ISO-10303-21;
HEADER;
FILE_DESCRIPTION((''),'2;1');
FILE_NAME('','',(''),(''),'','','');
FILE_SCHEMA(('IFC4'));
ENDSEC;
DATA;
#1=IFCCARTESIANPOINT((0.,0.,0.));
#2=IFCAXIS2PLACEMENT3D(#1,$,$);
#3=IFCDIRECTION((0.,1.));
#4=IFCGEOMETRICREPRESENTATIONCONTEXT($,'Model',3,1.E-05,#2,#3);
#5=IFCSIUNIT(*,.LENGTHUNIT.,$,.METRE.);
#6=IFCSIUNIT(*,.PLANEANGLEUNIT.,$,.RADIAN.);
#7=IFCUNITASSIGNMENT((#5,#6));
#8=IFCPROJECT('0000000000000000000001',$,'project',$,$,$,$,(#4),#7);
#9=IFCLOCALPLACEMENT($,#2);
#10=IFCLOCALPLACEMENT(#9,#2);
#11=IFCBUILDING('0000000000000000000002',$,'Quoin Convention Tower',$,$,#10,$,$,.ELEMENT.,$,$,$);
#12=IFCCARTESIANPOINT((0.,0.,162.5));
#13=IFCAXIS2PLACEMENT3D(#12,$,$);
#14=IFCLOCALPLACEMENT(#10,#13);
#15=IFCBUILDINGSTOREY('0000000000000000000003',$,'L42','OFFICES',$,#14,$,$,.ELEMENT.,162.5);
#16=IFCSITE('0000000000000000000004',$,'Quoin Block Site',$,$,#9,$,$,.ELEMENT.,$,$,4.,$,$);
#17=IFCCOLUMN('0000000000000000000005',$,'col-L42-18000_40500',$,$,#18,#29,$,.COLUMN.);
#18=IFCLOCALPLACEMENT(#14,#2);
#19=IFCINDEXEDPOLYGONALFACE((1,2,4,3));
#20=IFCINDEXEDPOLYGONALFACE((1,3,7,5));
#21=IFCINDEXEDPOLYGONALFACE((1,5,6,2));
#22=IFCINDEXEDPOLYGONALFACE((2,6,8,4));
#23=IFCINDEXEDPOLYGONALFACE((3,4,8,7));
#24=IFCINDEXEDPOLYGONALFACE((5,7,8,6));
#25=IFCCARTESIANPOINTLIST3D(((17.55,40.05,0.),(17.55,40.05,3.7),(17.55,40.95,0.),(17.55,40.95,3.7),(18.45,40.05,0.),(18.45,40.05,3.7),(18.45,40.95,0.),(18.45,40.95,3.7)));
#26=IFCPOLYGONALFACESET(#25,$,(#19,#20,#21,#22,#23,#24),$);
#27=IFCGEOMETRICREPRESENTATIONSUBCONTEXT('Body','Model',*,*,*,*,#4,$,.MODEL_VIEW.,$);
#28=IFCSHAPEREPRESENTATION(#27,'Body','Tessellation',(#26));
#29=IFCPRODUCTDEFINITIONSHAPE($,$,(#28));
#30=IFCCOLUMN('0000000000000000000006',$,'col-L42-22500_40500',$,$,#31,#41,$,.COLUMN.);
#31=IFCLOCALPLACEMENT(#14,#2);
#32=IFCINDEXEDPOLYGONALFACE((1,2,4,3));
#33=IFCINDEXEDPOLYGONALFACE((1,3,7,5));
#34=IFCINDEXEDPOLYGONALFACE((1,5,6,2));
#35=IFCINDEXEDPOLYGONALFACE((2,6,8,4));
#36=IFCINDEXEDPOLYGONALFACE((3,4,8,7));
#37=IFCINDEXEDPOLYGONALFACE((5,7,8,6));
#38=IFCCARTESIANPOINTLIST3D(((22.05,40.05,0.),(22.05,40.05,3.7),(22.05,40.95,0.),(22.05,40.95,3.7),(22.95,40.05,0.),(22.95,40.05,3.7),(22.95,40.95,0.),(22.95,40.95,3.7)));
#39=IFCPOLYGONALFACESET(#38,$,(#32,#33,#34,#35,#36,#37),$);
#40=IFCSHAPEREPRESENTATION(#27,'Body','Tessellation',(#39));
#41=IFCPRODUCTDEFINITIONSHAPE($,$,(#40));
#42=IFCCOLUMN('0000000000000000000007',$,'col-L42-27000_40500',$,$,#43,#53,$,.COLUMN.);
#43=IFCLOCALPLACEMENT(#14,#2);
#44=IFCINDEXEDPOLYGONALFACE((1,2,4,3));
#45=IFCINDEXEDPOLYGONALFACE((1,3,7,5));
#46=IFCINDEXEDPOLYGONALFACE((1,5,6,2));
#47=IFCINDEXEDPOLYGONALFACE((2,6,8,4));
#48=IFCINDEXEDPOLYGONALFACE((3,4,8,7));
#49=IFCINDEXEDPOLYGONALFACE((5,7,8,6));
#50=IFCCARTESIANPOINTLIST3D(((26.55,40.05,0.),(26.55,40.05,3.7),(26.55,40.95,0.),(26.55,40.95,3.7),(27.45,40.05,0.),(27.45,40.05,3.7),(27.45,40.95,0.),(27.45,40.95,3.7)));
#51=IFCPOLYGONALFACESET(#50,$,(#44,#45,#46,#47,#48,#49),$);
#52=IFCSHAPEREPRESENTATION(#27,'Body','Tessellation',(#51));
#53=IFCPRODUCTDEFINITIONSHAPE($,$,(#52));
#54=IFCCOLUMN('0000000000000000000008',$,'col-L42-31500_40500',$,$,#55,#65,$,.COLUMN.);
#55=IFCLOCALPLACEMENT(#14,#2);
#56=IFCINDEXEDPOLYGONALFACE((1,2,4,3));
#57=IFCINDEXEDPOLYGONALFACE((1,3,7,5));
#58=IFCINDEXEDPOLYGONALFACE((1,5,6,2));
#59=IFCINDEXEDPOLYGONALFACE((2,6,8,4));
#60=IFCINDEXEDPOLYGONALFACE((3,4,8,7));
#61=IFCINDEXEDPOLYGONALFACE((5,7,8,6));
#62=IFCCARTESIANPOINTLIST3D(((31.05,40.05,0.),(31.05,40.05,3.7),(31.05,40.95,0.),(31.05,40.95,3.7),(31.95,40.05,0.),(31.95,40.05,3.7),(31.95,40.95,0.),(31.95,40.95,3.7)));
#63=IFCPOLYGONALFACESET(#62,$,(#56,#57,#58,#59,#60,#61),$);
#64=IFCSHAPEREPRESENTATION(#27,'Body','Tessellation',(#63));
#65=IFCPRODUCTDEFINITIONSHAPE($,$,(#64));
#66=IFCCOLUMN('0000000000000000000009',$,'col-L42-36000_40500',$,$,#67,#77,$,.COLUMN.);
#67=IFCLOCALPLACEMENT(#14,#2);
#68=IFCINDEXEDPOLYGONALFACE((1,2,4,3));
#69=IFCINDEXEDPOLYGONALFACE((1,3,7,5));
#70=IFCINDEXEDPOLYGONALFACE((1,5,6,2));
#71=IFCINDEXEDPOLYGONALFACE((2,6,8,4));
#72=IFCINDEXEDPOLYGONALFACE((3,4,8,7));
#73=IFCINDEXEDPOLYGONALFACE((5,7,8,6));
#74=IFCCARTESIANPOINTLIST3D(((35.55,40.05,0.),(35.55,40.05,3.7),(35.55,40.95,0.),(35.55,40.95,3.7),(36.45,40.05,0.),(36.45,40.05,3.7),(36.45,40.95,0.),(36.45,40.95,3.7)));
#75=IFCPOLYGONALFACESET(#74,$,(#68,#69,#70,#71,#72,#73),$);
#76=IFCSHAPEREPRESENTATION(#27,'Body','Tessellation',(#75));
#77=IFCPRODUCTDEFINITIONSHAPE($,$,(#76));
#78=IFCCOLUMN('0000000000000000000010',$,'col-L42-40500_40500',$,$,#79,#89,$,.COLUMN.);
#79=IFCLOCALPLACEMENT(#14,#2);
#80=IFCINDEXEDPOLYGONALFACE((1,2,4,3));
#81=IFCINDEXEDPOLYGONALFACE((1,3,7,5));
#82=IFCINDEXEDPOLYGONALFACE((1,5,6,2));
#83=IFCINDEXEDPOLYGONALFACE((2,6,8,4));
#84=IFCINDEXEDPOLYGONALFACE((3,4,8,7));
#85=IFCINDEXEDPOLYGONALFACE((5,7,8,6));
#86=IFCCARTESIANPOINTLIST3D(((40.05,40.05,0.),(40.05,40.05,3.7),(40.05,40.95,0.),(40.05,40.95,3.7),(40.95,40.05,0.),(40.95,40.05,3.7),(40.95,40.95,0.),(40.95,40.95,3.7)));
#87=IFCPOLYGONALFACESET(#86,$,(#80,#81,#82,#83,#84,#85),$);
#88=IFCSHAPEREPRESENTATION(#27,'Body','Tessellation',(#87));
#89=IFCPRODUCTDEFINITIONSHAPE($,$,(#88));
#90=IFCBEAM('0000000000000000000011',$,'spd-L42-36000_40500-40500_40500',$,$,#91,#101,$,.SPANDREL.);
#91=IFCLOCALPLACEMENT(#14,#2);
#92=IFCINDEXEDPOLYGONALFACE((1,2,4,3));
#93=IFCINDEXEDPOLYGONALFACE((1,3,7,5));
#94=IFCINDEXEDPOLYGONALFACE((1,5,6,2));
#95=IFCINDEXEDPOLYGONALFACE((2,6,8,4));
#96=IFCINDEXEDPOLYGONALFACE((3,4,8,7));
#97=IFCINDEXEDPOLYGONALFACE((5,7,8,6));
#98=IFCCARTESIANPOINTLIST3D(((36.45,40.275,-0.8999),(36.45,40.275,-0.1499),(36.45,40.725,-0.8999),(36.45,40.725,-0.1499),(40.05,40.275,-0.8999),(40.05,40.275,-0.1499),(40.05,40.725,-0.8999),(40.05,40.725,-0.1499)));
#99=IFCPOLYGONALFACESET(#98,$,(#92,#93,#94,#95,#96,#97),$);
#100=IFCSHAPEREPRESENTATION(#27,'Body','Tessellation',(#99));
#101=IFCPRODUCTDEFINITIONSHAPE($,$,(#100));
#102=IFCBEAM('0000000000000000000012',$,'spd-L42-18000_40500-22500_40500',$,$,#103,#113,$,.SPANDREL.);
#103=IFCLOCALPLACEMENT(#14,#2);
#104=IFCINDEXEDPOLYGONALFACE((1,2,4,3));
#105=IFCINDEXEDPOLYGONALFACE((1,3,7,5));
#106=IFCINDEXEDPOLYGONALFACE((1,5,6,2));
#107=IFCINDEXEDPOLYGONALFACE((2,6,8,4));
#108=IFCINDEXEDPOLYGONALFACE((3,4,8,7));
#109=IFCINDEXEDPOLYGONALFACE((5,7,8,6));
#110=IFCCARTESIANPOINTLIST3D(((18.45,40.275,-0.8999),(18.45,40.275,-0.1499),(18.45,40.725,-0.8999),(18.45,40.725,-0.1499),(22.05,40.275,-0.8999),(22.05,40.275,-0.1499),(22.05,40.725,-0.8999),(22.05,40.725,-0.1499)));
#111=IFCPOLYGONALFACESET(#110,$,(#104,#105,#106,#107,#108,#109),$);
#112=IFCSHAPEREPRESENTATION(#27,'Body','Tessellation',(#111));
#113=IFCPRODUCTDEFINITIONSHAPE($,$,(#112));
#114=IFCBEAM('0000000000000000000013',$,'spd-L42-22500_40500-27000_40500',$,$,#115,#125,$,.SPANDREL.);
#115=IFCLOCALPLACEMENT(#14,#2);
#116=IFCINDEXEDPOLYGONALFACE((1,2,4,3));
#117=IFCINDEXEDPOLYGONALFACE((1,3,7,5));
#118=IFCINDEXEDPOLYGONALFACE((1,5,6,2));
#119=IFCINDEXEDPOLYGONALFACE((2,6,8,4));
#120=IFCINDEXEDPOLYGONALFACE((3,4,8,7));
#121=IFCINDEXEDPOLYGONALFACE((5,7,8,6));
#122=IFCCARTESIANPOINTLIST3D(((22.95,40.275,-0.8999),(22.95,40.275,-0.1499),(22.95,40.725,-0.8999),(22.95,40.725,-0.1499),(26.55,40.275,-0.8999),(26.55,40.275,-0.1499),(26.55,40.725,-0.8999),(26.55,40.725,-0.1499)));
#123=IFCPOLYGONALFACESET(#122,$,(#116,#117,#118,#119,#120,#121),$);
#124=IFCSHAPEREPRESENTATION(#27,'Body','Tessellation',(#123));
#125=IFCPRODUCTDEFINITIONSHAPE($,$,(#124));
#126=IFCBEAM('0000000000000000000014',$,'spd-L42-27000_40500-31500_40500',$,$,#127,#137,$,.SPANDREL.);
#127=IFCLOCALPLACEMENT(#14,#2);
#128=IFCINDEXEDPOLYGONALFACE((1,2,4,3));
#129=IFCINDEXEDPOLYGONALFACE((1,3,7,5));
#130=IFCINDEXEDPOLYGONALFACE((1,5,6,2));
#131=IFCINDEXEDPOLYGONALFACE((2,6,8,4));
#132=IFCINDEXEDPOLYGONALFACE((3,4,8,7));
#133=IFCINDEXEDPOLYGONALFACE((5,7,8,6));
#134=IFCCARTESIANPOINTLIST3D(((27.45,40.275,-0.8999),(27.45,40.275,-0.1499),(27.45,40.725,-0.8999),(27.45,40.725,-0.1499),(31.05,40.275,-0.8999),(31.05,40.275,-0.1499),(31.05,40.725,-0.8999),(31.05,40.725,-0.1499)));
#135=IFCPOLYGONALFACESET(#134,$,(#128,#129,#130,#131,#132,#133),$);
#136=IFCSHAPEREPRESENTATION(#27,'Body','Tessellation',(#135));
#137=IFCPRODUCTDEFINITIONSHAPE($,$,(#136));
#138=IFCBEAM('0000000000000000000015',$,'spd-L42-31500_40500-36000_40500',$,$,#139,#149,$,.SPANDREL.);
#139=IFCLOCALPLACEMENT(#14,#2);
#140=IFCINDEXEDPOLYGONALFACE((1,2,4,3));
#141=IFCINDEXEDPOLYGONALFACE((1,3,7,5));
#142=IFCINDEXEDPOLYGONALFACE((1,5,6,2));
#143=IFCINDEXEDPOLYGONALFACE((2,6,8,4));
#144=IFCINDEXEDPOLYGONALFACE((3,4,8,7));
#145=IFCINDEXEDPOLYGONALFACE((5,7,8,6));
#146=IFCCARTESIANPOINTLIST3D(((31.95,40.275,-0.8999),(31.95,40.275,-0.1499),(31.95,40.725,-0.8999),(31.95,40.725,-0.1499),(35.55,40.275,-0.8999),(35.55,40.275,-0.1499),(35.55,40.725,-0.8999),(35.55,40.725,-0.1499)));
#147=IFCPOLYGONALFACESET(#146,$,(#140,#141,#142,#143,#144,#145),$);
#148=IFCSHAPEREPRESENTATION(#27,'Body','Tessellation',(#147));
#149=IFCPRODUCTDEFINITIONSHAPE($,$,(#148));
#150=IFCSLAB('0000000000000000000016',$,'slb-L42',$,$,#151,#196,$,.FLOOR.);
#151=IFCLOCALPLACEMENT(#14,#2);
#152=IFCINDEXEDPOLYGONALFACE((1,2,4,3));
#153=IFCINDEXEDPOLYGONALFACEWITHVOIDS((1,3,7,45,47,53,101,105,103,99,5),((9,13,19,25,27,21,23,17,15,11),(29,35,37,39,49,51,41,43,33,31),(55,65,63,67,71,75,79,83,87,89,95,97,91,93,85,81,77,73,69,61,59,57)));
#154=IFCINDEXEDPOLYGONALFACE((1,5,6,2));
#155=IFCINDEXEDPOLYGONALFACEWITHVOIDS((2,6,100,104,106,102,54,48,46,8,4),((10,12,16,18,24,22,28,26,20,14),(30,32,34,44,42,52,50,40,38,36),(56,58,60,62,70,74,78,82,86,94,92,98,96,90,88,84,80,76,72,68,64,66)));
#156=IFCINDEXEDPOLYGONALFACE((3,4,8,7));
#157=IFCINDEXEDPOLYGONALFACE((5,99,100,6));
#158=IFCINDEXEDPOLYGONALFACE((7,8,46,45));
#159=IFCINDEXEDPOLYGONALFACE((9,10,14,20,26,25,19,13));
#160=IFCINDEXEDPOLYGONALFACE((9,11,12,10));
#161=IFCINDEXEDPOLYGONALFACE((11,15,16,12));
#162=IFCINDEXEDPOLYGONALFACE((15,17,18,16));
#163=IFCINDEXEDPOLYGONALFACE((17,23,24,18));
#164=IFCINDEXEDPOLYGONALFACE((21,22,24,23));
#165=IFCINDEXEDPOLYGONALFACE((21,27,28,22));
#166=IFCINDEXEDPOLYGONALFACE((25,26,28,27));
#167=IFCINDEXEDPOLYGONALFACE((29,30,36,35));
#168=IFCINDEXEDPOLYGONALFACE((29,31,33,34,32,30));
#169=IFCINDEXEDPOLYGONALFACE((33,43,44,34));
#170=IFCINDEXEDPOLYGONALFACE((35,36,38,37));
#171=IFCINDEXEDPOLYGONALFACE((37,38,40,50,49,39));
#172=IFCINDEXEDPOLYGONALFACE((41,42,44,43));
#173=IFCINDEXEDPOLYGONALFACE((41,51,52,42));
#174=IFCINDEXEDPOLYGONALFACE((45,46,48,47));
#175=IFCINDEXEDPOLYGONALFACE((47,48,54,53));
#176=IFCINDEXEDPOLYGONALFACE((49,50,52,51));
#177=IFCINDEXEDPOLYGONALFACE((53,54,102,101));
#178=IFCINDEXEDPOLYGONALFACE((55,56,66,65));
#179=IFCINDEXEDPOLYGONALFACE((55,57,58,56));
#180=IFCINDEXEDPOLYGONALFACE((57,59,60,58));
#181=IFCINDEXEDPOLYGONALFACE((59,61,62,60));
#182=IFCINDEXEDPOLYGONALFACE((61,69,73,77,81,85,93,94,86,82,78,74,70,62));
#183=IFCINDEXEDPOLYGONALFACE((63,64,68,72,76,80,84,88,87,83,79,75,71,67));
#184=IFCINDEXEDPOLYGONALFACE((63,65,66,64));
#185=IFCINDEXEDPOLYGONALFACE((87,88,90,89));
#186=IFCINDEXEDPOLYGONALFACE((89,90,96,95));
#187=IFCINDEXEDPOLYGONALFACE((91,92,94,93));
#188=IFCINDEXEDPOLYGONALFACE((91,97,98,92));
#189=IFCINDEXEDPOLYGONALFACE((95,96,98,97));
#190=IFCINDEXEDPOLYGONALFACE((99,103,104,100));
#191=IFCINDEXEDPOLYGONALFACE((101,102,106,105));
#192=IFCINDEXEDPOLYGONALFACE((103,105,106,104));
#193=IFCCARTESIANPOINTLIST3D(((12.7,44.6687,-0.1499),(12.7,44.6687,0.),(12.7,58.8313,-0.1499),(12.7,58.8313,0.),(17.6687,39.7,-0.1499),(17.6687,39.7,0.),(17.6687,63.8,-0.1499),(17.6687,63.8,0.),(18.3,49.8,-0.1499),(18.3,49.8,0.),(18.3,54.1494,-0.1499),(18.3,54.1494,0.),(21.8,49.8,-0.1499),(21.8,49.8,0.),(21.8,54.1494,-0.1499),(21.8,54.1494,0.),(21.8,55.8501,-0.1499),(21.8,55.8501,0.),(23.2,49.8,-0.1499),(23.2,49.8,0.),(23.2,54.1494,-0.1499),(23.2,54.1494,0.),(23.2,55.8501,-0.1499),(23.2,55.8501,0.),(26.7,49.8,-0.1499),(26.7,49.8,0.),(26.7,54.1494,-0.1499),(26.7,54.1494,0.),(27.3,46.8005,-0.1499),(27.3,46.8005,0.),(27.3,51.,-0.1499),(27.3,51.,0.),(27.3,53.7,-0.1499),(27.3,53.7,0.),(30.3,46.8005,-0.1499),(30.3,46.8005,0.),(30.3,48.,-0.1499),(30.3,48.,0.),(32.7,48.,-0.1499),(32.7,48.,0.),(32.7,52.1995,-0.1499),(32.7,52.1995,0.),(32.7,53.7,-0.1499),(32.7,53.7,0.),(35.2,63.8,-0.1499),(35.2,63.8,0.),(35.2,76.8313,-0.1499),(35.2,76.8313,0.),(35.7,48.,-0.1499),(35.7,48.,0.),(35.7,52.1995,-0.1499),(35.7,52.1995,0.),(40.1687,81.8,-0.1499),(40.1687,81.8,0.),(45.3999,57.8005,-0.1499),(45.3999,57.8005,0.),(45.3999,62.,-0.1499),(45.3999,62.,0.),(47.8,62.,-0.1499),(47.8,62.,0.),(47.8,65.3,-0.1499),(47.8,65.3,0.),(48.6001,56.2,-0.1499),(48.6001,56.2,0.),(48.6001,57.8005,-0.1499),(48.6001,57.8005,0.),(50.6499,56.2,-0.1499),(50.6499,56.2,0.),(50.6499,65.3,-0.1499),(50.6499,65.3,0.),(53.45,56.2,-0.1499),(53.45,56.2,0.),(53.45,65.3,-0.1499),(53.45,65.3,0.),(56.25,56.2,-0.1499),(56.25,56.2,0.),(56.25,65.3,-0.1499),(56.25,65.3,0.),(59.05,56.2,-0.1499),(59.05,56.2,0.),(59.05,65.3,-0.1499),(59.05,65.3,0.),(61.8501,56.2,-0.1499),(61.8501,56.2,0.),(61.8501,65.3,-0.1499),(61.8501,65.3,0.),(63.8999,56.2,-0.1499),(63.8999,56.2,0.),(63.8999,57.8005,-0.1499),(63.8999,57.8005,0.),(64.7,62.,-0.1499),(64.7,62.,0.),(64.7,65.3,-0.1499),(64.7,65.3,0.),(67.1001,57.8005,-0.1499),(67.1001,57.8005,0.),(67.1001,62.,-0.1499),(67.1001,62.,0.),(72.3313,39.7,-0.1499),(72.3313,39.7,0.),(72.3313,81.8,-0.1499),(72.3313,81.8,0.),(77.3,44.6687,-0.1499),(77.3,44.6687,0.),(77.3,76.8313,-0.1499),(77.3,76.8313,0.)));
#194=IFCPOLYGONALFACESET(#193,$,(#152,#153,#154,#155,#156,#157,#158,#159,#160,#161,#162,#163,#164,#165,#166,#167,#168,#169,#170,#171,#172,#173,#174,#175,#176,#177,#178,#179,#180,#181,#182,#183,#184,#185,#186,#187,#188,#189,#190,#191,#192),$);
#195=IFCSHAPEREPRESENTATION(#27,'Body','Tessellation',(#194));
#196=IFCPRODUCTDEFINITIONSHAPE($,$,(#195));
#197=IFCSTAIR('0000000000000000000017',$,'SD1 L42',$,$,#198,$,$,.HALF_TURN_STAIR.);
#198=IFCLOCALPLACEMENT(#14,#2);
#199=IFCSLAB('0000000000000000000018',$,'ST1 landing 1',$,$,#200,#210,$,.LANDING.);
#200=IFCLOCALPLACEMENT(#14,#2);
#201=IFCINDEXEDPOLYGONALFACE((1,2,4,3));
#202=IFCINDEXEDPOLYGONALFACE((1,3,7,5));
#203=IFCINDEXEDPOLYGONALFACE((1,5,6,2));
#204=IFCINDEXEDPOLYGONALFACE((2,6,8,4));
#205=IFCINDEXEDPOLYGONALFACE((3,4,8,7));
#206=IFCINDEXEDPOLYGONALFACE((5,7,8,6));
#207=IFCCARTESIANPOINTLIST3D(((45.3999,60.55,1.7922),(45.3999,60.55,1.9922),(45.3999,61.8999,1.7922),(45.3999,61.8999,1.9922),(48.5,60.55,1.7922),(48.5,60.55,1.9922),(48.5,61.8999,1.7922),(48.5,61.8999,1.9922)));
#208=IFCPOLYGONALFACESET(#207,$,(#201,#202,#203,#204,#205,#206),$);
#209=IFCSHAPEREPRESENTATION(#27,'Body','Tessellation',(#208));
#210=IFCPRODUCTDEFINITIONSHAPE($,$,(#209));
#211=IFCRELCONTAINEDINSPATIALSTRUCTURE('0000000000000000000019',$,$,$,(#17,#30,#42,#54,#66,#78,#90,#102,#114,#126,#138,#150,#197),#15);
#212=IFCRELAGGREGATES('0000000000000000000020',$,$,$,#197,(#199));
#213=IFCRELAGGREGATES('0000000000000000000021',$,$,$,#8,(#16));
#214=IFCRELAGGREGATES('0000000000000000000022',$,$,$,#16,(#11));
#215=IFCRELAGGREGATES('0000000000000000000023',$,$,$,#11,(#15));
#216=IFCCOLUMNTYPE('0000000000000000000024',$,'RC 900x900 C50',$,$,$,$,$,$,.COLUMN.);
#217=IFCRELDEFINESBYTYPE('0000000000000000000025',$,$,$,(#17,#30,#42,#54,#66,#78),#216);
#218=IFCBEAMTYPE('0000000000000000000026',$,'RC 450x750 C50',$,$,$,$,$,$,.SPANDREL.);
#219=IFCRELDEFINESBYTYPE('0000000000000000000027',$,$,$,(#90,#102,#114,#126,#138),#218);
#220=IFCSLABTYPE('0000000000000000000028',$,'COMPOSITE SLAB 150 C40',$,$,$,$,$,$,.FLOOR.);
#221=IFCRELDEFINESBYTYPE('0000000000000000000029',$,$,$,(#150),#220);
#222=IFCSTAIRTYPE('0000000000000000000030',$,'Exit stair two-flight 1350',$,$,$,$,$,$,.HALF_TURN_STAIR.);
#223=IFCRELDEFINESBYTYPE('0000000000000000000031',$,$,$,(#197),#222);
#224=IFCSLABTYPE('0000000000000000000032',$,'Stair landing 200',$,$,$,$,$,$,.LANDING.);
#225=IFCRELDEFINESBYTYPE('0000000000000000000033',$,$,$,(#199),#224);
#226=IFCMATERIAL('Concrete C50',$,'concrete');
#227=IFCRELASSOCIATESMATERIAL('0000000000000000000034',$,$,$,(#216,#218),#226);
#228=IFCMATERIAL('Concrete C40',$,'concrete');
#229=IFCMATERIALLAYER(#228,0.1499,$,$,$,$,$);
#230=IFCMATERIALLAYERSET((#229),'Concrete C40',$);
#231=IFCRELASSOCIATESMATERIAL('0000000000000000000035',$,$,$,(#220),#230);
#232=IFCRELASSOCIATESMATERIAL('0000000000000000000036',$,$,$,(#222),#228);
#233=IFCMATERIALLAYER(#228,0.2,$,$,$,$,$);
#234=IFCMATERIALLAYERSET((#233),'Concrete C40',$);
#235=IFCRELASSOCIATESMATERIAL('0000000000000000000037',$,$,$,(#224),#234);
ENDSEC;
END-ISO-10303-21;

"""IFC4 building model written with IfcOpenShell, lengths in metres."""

from ifc_helpers import new_model, si_unit, direction, frame, origin, origin_2d, place, context, subcontext, project, spatial, polyline, rectangle, outline, extrude, material, layer, layer_set, material_profile, profile_set, type_object, element, aggregate, save


model = new_model("IFC4")

# Units and contexts
model_context = context("Model", 3, precision=1e-05, world=origin(), true_north=direction((0.0, 1.0)))
body_context = subcontext(model_context, "Body", "Model", "MODEL_VIEW")
ifc_project = project(units=[si_unit("LENGTHUNIT", "METRE"), si_unit("PLANEANGLEUNIT", "RADIAN")], contexts=[model_context])

# Site, building, storey
site_placement = place(None, origin())
site = spatial("IfcSite", under=ifc_project, at=site_placement, Name="Quoin Block Site", CompositionType="ELEMENT", RefElevation=4.0)
building_placement = place(site_placement, origin())
building = spatial("IfcBuilding", under=site, at=building_placement, Name="Quoin Convention Tower", CompositionType="ELEMENT")
storey_placement = place(building_placement, frame((0.0, 0.0, 162.5)))
storey = spatial("IfcBuildingStorey", under=building, at=storey_placement, Name="L42", Description="OFFICES", CompositionType="ELEMENT", Elevation=162.5)

# Columns
ifc_material_1 = material(Name="Concrete C50", Category="concrete")
ifc_material_profile_1 = material_profile(ifc_material_1, rectangle(XDim=0.8999, YDim=0.8999, at=origin_2d()), Name="RC 900x900")
ifc_profile_set_1 = profile_set([ifc_material_profile_1], Name="Concrete C50")
column_type = type_object("IfcColumnType", Name="RC 900x900 C50", PredefinedType="COLUMN", material=ifc_profile_set_1)
for number, where, z_axis, x_axis, name in (
    (1, (18.0, 40.5, 0.0), (0.0, 0.0, 1.0), (1.0, 0.0, 0.0), "col-L42-18000_40500"),
    (2, (22.5, 40.5, 0.0), (0.0, 0.0, 1.0), (1.0, 0.0, 0.0), "col-L42-22500_40500"),
    (3, (27.0, 40.5, 0.0), (0.0, 0.0, 1.0), (1.0, 0.0, 0.0), "col-L42-27000_40500"),
    (4, (31.5, 40.5, 0.0), (0.0, 0.0, 1.0), (1.0, 0.0, 0.0), "col-L42-31500_40500"),
    (5, (36.0, 40.5, 0.0), (0.0, 0.0, 1.0), (1.0, 0.0, 0.0), "col-L42-36000_40500"),
    (6, (40.5, 40.5, 0.0), (0.0, 0.0, 1.0), (1.0, 0.0, 0.0), "col-L42-40500_40500"),
):
    element("IfcColumn", number, at=place(storey_placement, frame(where, z_axis=z_axis, x_axis=x_axis)), inside=storey, type_object=column_type, Name=name, PredefinedType="COLUMN", context=body_context, shape_type="SweptSolid", body=[
        extrude(rectangle(XDim=0.8999, YDim=0.8999, at=origin_2d()), origin(), (0.0, 0.0, 1.0), 3.7),
    ])

# Beams
ifc_material_profile_2 = material_profile(ifc_material_1, rectangle(XDim=0.45, YDim=0.75, at=origin_2d()), Name="RC 450x750")
ifc_profile_set_2 = profile_set([ifc_material_profile_2], Name="Concrete C50")
beam_type = type_object("IfcBeamType", Name="RC 450x750 C50", PredefinedType="SPANDREL", material=ifc_profile_set_2)
for number, where, z_axis, x_axis, name in (
    (7, (36.45, 40.5, -0.5249), (1.0, 0.0, 0.0), (0.0, 1.0, 0.0), "spd-L42-36000_40500-40500_40500"),
    (8, (18.45, 40.5, -0.5249), (1.0, 0.0, 0.0), (0.0, 1.0, 0.0), "spd-L42-18000_40500-22500_40500"),
    (9, (22.95, 40.5, -0.5249), (1.0, 0.0, 0.0), (0.0, 1.0, 0.0), "spd-L42-22500_40500-27000_40500"),
    (10, (27.45, 40.5, -0.5249), (1.0, 0.0, 0.0), (0.0, 1.0, 0.0), "spd-L42-27000_40500-31500_40500"),
    (11, (31.95, 40.5, -0.5249), (1.0, 0.0, 0.0), (0.0, 1.0, 0.0), "spd-L42-31500_40500-36000_40500"),
):
    element("IfcBeam", number, at=place(storey_placement, frame(where, z_axis=z_axis, x_axis=x_axis)), inside=storey, type_object=beam_type, Name=name, PredefinedType="SPANDREL", context=body_context, shape_type="SweptSolid", body=[
        extrude(rectangle(XDim=0.45, YDim=0.75, at=origin_2d()), origin(), (0.0, 0.0, 1.0), 3.6001),
    ])

# Slab
ifc_material_2 = material(Name="Concrete C40", Category="concrete")
ifc_layer_1 = layer(ifc_material_2, 0.1499)
ifc_layer_set_1 = layer_set([ifc_layer_1], Name="Concrete C40")
slab_type_1 = type_object("IfcSlabType", Name="COMPOSITE SLAB 150 C40", PredefinedType="FLOOR", material=ifc_layer_set_1)
slab_1_placement = place(storey_placement, frame((0.0, 0.0, -0.1499)))
element("IfcSlab", 12, at=slab_1_placement, inside=storey, type_object=slab_type_1, Name="slb-L42", PredefinedType="FLOOR", context=body_context, shape_type="SweptSolid", body=[
    extrude(outline(polyline([(17.6687, 39.7), (12.7, 44.6687), (12.7, 58.8313), (17.6687, 63.8), (35.2, 63.8), (35.2, 76.8313), (40.1687, 81.8), (72.3313, 81.8), (77.3, 76.8313), (77.3, 44.6687), (72.3313, 39.7), (17.6687, 39.7)]), holes=[polyline([(27.3, 51.0), (27.3, 46.8005), (30.3, 46.8005), (30.3, 48.0), (32.7, 48.0), (35.7, 48.0), (35.7, 52.1995), (32.7, 52.1995), (32.7, 53.7), (27.3, 53.7), (27.3, 51.0)]), polyline([(18.3, 49.8), (21.8, 49.8), (23.2, 49.8), (26.7, 49.8), (26.7, 54.1494), (23.2, 54.1494), (23.2, 55.8501), (21.8, 55.8501), (21.8, 54.1494), (18.3, 54.1494), (18.3, 49.8)]), polyline([(48.6001, 56.2), (50.6499, 56.2), (53.45, 56.2), (56.25, 56.2), (59.05, 56.2), (61.8501, 56.2), (63.8999, 56.2), (63.8999, 57.8005), (67.1001, 57.8005), (67.1001, 62.0), (64.7, 62.0), (64.7, 65.3), (61.8501, 65.3), (59.05, 65.3), (56.25, 65.3), (53.45, 65.3), (50.6499, 65.3), (47.8, 65.3), (47.8, 62.0), (45.3999, 62.0), (45.3999, 57.8005), (48.6001, 57.8005), (48.6001, 56.2)])]), origin(), (0.0, 0.0, 1.0), 0.1499),
])

# Stair, slab
stair_type_1 = type_object("IfcStairType", Name="Exit stair two-flight 1350", PredefinedType="HALF_TURN_STAIR", material=ifc_material_2)
stair_1_placement = place(storey_placement, origin())
stair_1 = element("IfcStair", 13, at=stair_1_placement, inside=storey, type_object=stair_type_1, Name="SD1 L42", PredefinedType="HALF_TURN_STAIR")
ifc_layer_2 = layer(ifc_material_2, 0.2)
ifc_layer_set_2 = layer_set([ifc_layer_2], Name="Concrete C40")
slab_type_2 = type_object("IfcSlabType", Name="Stair landing 200", PredefinedType="LANDING", material=ifc_layer_set_2)
slab_2_placement = place(storey_placement, frame((0.0, 0.0, 1.7922)))
slab_2 = element("IfcSlab", 14, at=slab_2_placement, type_object=slab_type_2, Name="ST1 landing 1", PredefinedType="LANDING", context=body_context, shape_type="SweptSolid", body=[
    extrude(outline(polyline([(45.3999, 60.55), (48.5, 60.55), (48.5, 61.8999), (45.3999, 61.8999), (45.3999, 60.55)])), origin(), (0.0, 0.0, 1.0), 0.2),
])
aggregate(stair_1, [slab_2])

save(model, "model.ifc")
